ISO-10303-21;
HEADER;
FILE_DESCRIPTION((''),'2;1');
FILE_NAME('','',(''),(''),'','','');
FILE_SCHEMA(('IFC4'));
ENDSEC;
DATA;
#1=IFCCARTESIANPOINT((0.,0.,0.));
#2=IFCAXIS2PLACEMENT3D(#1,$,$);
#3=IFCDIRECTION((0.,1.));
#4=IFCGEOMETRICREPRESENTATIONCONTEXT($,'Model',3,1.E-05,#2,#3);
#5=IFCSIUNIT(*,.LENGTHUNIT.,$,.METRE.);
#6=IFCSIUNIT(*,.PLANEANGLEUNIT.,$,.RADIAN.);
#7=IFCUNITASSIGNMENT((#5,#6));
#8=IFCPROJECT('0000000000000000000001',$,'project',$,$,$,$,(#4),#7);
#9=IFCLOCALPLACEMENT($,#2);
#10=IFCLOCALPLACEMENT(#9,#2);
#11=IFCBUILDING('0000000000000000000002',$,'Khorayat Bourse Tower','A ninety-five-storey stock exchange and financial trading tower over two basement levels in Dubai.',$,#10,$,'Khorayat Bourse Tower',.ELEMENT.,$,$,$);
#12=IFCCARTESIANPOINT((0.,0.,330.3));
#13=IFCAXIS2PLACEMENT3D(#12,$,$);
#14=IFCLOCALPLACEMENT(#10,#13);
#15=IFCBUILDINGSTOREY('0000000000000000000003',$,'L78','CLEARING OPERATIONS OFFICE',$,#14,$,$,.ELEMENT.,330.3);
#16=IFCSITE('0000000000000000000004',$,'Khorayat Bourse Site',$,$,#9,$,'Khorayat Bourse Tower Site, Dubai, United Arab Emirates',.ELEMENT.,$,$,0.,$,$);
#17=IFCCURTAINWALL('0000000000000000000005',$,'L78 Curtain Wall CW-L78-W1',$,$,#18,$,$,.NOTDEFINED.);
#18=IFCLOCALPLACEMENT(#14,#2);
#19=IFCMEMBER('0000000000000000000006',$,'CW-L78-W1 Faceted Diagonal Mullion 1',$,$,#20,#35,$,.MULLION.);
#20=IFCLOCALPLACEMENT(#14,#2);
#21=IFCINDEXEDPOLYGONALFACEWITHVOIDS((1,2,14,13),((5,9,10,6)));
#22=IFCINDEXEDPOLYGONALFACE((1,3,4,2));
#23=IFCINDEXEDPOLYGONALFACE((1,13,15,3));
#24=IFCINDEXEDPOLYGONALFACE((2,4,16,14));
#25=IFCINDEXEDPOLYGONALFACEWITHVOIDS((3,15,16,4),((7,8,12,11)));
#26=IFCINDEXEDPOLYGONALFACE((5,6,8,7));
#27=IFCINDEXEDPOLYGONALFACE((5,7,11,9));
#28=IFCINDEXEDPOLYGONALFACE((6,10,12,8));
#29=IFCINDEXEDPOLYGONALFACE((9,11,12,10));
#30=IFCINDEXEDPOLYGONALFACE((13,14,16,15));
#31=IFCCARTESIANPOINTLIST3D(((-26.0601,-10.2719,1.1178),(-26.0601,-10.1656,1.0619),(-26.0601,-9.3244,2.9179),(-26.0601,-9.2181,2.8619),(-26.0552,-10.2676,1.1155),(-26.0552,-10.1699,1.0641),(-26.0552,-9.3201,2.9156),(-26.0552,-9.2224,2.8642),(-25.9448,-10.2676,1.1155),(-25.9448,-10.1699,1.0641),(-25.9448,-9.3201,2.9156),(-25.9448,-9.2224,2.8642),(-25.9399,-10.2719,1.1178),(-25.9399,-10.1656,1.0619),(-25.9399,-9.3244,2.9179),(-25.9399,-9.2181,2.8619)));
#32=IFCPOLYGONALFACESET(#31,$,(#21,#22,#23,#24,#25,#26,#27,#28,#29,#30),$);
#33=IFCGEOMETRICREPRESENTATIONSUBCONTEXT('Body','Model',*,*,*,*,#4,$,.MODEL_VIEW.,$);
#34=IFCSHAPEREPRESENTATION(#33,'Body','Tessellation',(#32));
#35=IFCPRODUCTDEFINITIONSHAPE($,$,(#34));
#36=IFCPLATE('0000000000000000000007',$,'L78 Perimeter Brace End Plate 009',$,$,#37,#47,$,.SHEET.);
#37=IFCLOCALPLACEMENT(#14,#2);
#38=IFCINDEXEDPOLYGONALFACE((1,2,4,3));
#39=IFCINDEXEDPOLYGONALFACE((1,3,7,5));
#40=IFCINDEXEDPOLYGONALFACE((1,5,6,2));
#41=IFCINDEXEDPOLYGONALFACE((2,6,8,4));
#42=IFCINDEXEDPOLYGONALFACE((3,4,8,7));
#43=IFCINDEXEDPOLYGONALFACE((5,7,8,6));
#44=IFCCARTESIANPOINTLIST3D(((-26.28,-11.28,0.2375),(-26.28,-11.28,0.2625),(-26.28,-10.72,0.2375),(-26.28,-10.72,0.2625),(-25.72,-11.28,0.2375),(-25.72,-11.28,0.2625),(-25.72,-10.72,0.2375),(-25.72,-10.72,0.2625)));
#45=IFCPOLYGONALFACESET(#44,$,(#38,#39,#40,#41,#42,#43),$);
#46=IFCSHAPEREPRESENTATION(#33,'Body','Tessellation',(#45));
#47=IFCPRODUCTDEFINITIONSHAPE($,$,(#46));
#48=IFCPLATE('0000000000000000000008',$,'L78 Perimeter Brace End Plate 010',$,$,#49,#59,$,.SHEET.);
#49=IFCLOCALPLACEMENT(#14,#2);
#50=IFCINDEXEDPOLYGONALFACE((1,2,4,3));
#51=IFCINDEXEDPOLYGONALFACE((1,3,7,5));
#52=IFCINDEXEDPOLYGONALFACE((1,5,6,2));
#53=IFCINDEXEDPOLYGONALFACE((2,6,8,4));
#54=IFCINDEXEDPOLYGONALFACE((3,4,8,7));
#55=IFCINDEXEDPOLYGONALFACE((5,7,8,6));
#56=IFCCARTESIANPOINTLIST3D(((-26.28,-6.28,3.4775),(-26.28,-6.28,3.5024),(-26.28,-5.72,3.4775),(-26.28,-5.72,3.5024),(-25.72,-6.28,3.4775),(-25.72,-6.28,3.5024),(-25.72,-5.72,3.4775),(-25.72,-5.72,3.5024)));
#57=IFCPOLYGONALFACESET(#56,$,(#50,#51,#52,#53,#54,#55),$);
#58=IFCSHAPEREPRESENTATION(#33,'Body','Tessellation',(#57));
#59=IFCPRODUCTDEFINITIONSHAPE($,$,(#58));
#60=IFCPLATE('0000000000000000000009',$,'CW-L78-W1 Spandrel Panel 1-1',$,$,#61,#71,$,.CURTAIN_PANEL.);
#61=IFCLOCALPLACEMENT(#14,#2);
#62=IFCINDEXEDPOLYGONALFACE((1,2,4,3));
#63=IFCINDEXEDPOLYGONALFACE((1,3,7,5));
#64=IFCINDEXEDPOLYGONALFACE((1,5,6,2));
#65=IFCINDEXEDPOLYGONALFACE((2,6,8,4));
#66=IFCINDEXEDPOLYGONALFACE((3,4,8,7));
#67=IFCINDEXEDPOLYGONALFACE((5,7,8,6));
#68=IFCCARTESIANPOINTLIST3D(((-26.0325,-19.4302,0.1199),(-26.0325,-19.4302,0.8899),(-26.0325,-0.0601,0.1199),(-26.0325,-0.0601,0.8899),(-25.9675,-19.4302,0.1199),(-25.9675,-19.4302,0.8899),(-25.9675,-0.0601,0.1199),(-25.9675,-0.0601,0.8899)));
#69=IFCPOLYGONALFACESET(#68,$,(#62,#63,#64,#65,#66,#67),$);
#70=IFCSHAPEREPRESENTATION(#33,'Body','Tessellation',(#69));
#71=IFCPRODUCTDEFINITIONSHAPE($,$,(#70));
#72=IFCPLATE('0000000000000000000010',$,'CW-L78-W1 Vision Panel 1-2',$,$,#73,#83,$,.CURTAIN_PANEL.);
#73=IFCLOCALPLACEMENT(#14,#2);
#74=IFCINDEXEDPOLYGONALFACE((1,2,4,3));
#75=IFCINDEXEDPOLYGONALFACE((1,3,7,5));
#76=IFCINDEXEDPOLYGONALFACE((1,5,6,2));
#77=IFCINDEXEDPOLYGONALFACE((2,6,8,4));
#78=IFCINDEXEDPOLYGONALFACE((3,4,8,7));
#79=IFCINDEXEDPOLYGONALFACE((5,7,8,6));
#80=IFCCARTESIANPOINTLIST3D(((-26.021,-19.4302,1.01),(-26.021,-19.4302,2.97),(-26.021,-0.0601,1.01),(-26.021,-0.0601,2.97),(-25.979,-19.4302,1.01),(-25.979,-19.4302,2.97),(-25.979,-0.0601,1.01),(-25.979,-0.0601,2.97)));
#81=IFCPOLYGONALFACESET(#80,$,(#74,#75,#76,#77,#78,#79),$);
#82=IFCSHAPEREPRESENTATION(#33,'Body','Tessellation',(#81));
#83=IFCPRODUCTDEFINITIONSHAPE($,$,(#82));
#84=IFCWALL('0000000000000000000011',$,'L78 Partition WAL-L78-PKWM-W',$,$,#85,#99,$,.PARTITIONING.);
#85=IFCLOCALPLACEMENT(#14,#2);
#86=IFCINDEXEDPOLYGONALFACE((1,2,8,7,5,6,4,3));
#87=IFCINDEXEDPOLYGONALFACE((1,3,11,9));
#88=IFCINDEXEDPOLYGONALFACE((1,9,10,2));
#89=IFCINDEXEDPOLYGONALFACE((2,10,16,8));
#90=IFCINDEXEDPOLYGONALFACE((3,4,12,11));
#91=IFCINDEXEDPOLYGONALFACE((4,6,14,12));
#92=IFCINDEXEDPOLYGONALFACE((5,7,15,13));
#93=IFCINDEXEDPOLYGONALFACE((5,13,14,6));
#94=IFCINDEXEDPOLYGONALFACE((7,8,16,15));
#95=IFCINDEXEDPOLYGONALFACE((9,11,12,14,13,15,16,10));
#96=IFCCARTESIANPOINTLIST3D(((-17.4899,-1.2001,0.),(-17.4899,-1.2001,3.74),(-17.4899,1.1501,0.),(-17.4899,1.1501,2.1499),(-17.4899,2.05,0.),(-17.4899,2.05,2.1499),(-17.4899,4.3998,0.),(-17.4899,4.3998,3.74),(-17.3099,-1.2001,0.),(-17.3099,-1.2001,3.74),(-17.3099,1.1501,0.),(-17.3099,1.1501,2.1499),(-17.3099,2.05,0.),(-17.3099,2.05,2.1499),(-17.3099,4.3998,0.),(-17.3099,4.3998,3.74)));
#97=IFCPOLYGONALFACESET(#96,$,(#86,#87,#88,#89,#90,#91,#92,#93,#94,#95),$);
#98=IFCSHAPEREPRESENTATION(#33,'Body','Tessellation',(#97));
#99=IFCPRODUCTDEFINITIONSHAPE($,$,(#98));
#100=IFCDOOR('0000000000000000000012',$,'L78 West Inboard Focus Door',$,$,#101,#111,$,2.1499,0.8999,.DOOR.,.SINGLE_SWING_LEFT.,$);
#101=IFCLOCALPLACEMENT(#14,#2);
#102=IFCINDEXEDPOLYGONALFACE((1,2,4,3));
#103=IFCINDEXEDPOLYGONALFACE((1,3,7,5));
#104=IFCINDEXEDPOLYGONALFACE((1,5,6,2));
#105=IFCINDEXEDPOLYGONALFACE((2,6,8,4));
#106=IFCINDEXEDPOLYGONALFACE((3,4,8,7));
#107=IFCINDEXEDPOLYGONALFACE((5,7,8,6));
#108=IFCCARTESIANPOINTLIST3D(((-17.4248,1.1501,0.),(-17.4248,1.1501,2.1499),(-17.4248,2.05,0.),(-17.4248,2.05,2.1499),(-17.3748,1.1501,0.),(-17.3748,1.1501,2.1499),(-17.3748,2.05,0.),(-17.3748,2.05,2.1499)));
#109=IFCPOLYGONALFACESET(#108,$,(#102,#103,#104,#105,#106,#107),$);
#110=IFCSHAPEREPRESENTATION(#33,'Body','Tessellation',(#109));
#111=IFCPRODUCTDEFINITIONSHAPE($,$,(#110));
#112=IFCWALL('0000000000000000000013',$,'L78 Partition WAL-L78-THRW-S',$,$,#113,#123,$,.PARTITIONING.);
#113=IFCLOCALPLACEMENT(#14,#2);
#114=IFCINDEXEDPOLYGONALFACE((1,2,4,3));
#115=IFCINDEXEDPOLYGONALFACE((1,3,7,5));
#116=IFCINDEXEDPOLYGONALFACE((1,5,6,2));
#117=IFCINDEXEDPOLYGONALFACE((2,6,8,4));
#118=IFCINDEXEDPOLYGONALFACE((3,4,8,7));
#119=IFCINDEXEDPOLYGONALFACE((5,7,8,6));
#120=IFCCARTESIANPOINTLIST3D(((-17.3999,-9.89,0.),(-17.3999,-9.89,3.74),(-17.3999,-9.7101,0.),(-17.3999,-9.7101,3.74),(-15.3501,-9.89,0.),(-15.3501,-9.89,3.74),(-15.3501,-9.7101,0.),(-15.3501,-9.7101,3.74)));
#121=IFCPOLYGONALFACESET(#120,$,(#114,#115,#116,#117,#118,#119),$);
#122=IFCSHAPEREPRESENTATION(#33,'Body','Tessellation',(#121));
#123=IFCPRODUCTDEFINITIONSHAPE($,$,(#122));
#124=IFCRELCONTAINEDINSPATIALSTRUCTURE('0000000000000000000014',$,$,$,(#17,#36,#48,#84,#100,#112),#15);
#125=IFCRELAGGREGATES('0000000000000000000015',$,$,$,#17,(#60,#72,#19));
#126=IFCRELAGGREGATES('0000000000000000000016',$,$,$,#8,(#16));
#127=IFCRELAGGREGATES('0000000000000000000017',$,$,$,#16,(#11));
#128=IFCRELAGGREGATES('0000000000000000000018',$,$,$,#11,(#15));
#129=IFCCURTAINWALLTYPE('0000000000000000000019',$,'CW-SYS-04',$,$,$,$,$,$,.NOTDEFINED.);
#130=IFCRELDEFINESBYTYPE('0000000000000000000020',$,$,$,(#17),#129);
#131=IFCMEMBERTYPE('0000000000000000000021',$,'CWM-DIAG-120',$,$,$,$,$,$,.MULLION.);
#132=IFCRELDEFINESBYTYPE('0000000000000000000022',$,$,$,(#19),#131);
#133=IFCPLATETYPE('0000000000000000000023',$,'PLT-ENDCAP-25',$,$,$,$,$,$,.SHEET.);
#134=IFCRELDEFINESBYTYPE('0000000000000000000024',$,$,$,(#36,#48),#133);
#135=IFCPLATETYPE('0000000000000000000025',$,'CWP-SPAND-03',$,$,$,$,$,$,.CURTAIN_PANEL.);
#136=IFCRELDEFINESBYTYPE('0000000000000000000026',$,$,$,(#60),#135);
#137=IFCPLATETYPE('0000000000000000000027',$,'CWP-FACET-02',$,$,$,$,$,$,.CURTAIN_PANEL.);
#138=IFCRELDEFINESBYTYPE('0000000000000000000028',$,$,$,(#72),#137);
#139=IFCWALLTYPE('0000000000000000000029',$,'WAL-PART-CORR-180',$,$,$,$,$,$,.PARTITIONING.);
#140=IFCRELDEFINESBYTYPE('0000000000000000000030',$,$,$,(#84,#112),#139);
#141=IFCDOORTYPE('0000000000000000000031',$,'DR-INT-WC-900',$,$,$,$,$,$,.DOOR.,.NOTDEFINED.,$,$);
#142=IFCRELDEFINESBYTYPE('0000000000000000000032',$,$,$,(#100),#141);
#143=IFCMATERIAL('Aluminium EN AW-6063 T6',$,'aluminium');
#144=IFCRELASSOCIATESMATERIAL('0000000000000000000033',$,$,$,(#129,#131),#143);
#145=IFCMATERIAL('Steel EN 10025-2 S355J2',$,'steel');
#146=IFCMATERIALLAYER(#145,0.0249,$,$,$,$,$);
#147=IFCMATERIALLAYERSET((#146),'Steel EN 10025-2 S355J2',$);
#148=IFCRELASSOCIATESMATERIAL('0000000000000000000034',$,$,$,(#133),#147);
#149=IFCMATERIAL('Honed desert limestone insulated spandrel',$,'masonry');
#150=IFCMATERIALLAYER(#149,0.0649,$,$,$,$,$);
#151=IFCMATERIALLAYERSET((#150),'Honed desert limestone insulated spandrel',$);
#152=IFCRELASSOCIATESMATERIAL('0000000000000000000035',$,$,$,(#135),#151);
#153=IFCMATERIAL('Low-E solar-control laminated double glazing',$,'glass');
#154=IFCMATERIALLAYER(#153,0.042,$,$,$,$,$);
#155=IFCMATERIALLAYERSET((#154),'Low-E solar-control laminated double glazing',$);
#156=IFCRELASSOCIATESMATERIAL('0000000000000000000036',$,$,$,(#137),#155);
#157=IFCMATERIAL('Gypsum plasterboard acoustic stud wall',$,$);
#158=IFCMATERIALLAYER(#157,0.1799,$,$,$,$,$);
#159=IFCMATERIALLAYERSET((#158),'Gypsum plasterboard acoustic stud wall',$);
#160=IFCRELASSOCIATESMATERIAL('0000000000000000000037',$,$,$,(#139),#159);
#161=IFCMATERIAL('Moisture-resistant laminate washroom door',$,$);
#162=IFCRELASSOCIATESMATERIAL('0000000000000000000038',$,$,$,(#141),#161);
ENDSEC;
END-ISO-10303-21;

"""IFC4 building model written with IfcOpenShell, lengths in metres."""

from ifc_helpers import new_model, si_unit, direction, frame, frame_2d, origin, origin_2d, place, context, subcontext, project, spatial, rectangle, hollow_rectangle, extrude, source, transform, mapped, material, layer, layer_set, material_profile, profile_set, type_object, element, fill, aggregate, save


model = new_model("IFC4")

# Units and contexts
model_context = context("Model", 3, precision=1e-05, world=origin(), true_north=direction((0.0, 1.0)))
body_context = subcontext(model_context, "Body", "Model", "MODEL_VIEW")
ifc_project = project(units=[si_unit("LENGTHUNIT", "METRE"), si_unit("PLANEANGLEUNIT", "RADIAN")], contexts=[model_context])

# Site, building, storey
site_placement = place(None, origin())
site = spatial("IfcSite", under=ifc_project, at=site_placement, Name="Khorayat Bourse Site", LongName="Khorayat Bourse Tower Site, Dubai, United Arab Emirates", CompositionType="ELEMENT", RefElevation=0.0)
building_placement = place(site_placement, origin())
building = spatial("IfcBuilding", under=site, at=building_placement, Name="Khorayat Bourse Tower", Description="A ninety-five-storey stock exchange and financial trading tower over two basement levels in Dubai.", LongName="Khorayat Bourse Tower", CompositionType="ELEMENT")
storey_placement = place(building_placement, frame((0.0, 0.0, 330.3)))
storey = spatial("IfcBuildingStorey", under=building, at=storey_placement, Name="L78", Description="CLEARING OPERATIONS OFFICE", CompositionType="ELEMENT", Elevation=330.3)

# Shared definitions
ifc_material_1 = material(Name="Steel EN 10025-2 S355J2", Category="steel")

# Curtain wall, member
ifc_material_2 = material(Name="Aluminium EN AW-6063 T6", Category="aluminium")
curtain_wall_type = type_object("IfcCurtainWallType", Name="CW-SYS-04", PredefinedType="NOTDEFINED", material=ifc_material_2)
curtain_wall_placement = place(storey_placement, origin())
curtain_wall = element("IfcCurtainWall", 1, at=curtain_wall_placement, inside=storey, type_object=curtain_wall_type, Name="L78 Curtain Wall CW-L78-W1", PredefinedType="NOTDEFINED")
ifc_material_profile_1 = material_profile(ifc_material_2, hollow_rectangle(XDim=0.1201, YDim=0.1201, WallThickness=0.0049, at=origin_2d()), Name="ALU 120x120x5")
ifc_profile_set_1 = profile_set([ifc_material_profile_1], Name="Aluminium EN AW-6063 T6")
member_type = type_object("IfcMemberType", Name="CWM-DIAG-120", PredefinedType="MULLION", material=ifc_profile_set_1)
shared_shape_1 = source(origin(), body_context, "Body", "SweptSolid", [
    extrude(hollow_rectangle(XDim=0.1201, YDim=0.1201, WallThickness=0.0049, at=origin_2d()), origin(), (0.0, 0.0, 1.0), 2.0342),
])
member_placement = place(storey_placement, frame((-26.0, -10.2188, 1.0898), z_axis=(0.0, 0.465791, 0.884895), x_axis=(-1.0, 0.0, 0.0)))
member = element("IfcMember", 2, at=member_placement, type_object=member_type, Name="CW-L78-W1 Faceted Diagonal Mullion 1", PredefinedType="MULLION", context=body_context, shape_type="MappedRepresentation", body=[
    mapped(shared_shape_1, transform((0.0, 0.0, 0.0), scale=1.0)),
])

# Plates
ifc_layer_1 = layer(ifc_material_1, 0.0249)
ifc_layer_set_1 = layer_set([ifc_layer_1], Name="Steel EN 10025-2 S355J2")
plate_type_1 = type_object("IfcPlateType", Name="PLT-ENDCAP-25", PredefinedType="SHEET", material=ifc_layer_set_1)
shared_shape_2 = source(origin(), body_context, "Body", "SweptSolid", [
    extrude(rectangle(XDim=0.5601, YDim=0.5601, at=origin_2d()), origin(), (0.0, 0.0, 1.0), 0.0249),
])
for number, where, z_axis, x_axis, name in (
    (3, (-26.0, -11.0, 0.2375), (0.0, 0.0, 1.0), (1.0, 0.0, 0.0), "L78 Perimeter Brace End Plate 009"),
    (4, (-26.0, -6.0, 3.4775), (0.0, 0.0, 1.0), (1.0, 0.0, 0.0), "L78 Perimeter Brace End Plate 010"),
):
    element("IfcPlate", number, at=place(storey_placement, frame(where, z_axis=z_axis, x_axis=x_axis)), inside=storey, type_object=plate_type_1, Name=name, PredefinedType="SHEET", context=body_context, shape_type="MappedRepresentation", body=[
        mapped(shared_shape_2, transform((0.0, 0.0, 0.0), scale=1.0)),
    ])

# Plates
ifc_material_3 = material(Name="Honed desert limestone insulated spandrel", Category="masonry")
ifc_layer_2 = layer(ifc_material_3, 0.0649)
ifc_layer_set_2 = layer_set([ifc_layer_2], Name="Honed desert limestone insulated spandrel")
plate_type_2 = type_object("IfcPlateType", Name="CWP-SPAND-03", PredefinedType="CURTAIN_PANEL", material=ifc_layer_set_2)
shared_shape_3 = source(origin(), body_context, "Body", "SweptSolid", [
    extrude(rectangle(XDim=19.3701, YDim=0.0649, at=origin_2d()), origin(), (0.0, 0.0, 1.0), 0.77),
])
plate_1_placement = place(storey_placement, frame((-26.0, -9.7451, 0.1199), z_axis=(0.0, 0.0, 1.0), x_axis=(0.0, 1.0, 0.0)))
plate_1 = element("IfcPlate", 5, at=plate_1_placement, type_object=plate_type_2, Name="CW-L78-W1 Spandrel Panel 1-1", PredefinedType="CURTAIN_PANEL", context=body_context, shape_type="MappedRepresentation", body=[
    mapped(shared_shape_3, transform((0.0, 0.0, 0.0), scale=1.0)),
])
ifc_material_4 = material(Name="Low-E solar-control laminated double glazing", Category="glass")
ifc_layer_3 = layer(ifc_material_4, 0.042)
ifc_layer_set_3 = layer_set([ifc_layer_3], Name="Low-E solar-control laminated double glazing")
plate_type_3 = type_object("IfcPlateType", Name="CWP-FACET-02", PredefinedType="CURTAIN_PANEL", material=ifc_layer_set_3)
shared_shape_4 = source(origin(), body_context, "Body", "SweptSolid", [
    extrude(rectangle(XDim=19.3701, YDim=0.042, at=origin_2d()), origin(), (0.0, 0.0, 1.0), 1.96),
])
plate_2_placement = place(storey_placement, frame((-26.0, -9.7451, 1.01), z_axis=(0.0, 0.0, 1.0), x_axis=(0.0, 1.0, 0.0)))
plate_2 = element("IfcPlate", 6, at=plate_2_placement, type_object=plate_type_3, Name="CW-L78-W1 Vision Panel 1-2", PredefinedType="CURTAIN_PANEL", context=body_context, shape_type="MappedRepresentation", body=[
    mapped(shared_shape_4, transform((0.0, 0.0, 0.0), scale=1.0)),
])
aggregate(curtain_wall, [plate_1, plate_2, member])

# Wall, opening, door
ifc_material_5 = material(Name="Gypsum plasterboard acoustic stud wall")
ifc_layer_4 = layer(ifc_material_5, 0.1799)
ifc_layer_set_4 = layer_set([ifc_layer_4], Name="Gypsum plasterboard acoustic stud wall")
wall_type = type_object("IfcWallType", Name="WAL-PART-CORR-180", PredefinedType="PARTITIONING", material=ifc_layer_set_4)
shared_shape_5 = source(origin(), body_context, "Body", "SweptSolid", [
    extrude(rectangle(XDim=5.5999, YDim=0.1799, at=frame_2d((2.7998, 0.0))), origin(), (0.0, 0.0, 1.0), 3.74),
])
wall_1_placement = place(storey_placement, frame((-17.3999, -1.2, 0.0), z_axis=(0.0, 0.0, 1.0), x_axis=(0.0, 1.0, 0.0)))
wall_1 = element("IfcWall", 7, at=wall_1_placement, inside=storey, type_object=wall_type, Name="L78 Partition WAL-L78-PKWM-W", PredefinedType="PARTITIONING", context=body_context, shape_type="MappedRepresentation", body=[
    mapped(shared_shape_5, transform((0.0, 0.0, 0.0), scale=1.0)),
])
shared_shape_6 = source(origin(), body_context, "Body", "SweptSolid", [
    extrude(rectangle(XDim=0.8999, YDim=2.1499, at=frame_2d((0.45, 1.075))), frame((0.0, 0.0999, 0.0), z_axis=(0.0, -1.0, 0.0), x_axis=(1.0, 0.0, 0.0)), (0.0, 0.0, 1.0), 0.2),
])
opening_placement = place(wall_1_placement, frame((2.3501, 0.0, 0.0)))
opening = element("IfcOpeningElement", 8, at=opening_placement, cuts=wall_1, PredefinedType="OPENING", context=body_context, shape_type="MappedRepresentation", body=[
    mapped(shared_shape_6, transform((0.0, 0.0, 0.0), scale=1.0)),
])
ifc_material_6 = material(Name="Moisture-resistant laminate washroom door")
door_type = type_object("IfcDoorType", Name="DR-INT-WC-900", OperationType="NOTDEFINED", PredefinedType="DOOR", material=ifc_material_6)
shared_shape_7 = source(origin(), body_context, "Body", "SweptSolid", [
    extrude(rectangle(XDim=0.8999, YDim=2.1499, at=frame_2d((0.45, 1.075))), frame((0.0, 0.0249, 0.0), z_axis=(0.0, -1.0, 0.0), x_axis=(1.0, 0.0, 0.0)), (0.0, 0.0, 1.0), 0.05),
])
door_placement = place(opening_placement, origin())
door = element("IfcDoor", 9, at=door_placement, inside=storey, type_object=door_type, Name="L78 West Inboard Focus Door", OperationType="SINGLE_SWING_LEFT", OverallHeight=2.1499, OverallWidth=0.8999, PredefinedType="DOOR", context=body_context, shape_type="MappedRepresentation", body=[
    mapped(shared_shape_7, transform((0.0, 0.0, 0.0), scale=1.0)),
])
fill(opening, door)

# Wall
shared_shape_8 = source(origin(), body_context, "Body", "SweptSolid", [
    extrude(rectangle(XDim=2.0498, YDim=0.1799, at=frame_2d((1.0249, 0.0))), origin(), (0.0, 0.0, 1.0), 3.74),
])
wall_2_placement = place(storey_placement, frame((-17.3999, -9.8, 0.0), z_axis=(0.0, 0.0, 1.0), x_axis=(1.0, 0.0, 0.0)))
element("IfcWall", 10, at=wall_2_placement, inside=storey, type_object=wall_type, Name="L78 Partition WAL-L78-THRW-S", PredefinedType="PARTITIONING", context=body_context, shape_type="MappedRepresentation", body=[
    mapped(shared_shape_8, transform((0.0, 0.0, 0.0), scale=1.0)),
])

save(model, "model.ifc")
